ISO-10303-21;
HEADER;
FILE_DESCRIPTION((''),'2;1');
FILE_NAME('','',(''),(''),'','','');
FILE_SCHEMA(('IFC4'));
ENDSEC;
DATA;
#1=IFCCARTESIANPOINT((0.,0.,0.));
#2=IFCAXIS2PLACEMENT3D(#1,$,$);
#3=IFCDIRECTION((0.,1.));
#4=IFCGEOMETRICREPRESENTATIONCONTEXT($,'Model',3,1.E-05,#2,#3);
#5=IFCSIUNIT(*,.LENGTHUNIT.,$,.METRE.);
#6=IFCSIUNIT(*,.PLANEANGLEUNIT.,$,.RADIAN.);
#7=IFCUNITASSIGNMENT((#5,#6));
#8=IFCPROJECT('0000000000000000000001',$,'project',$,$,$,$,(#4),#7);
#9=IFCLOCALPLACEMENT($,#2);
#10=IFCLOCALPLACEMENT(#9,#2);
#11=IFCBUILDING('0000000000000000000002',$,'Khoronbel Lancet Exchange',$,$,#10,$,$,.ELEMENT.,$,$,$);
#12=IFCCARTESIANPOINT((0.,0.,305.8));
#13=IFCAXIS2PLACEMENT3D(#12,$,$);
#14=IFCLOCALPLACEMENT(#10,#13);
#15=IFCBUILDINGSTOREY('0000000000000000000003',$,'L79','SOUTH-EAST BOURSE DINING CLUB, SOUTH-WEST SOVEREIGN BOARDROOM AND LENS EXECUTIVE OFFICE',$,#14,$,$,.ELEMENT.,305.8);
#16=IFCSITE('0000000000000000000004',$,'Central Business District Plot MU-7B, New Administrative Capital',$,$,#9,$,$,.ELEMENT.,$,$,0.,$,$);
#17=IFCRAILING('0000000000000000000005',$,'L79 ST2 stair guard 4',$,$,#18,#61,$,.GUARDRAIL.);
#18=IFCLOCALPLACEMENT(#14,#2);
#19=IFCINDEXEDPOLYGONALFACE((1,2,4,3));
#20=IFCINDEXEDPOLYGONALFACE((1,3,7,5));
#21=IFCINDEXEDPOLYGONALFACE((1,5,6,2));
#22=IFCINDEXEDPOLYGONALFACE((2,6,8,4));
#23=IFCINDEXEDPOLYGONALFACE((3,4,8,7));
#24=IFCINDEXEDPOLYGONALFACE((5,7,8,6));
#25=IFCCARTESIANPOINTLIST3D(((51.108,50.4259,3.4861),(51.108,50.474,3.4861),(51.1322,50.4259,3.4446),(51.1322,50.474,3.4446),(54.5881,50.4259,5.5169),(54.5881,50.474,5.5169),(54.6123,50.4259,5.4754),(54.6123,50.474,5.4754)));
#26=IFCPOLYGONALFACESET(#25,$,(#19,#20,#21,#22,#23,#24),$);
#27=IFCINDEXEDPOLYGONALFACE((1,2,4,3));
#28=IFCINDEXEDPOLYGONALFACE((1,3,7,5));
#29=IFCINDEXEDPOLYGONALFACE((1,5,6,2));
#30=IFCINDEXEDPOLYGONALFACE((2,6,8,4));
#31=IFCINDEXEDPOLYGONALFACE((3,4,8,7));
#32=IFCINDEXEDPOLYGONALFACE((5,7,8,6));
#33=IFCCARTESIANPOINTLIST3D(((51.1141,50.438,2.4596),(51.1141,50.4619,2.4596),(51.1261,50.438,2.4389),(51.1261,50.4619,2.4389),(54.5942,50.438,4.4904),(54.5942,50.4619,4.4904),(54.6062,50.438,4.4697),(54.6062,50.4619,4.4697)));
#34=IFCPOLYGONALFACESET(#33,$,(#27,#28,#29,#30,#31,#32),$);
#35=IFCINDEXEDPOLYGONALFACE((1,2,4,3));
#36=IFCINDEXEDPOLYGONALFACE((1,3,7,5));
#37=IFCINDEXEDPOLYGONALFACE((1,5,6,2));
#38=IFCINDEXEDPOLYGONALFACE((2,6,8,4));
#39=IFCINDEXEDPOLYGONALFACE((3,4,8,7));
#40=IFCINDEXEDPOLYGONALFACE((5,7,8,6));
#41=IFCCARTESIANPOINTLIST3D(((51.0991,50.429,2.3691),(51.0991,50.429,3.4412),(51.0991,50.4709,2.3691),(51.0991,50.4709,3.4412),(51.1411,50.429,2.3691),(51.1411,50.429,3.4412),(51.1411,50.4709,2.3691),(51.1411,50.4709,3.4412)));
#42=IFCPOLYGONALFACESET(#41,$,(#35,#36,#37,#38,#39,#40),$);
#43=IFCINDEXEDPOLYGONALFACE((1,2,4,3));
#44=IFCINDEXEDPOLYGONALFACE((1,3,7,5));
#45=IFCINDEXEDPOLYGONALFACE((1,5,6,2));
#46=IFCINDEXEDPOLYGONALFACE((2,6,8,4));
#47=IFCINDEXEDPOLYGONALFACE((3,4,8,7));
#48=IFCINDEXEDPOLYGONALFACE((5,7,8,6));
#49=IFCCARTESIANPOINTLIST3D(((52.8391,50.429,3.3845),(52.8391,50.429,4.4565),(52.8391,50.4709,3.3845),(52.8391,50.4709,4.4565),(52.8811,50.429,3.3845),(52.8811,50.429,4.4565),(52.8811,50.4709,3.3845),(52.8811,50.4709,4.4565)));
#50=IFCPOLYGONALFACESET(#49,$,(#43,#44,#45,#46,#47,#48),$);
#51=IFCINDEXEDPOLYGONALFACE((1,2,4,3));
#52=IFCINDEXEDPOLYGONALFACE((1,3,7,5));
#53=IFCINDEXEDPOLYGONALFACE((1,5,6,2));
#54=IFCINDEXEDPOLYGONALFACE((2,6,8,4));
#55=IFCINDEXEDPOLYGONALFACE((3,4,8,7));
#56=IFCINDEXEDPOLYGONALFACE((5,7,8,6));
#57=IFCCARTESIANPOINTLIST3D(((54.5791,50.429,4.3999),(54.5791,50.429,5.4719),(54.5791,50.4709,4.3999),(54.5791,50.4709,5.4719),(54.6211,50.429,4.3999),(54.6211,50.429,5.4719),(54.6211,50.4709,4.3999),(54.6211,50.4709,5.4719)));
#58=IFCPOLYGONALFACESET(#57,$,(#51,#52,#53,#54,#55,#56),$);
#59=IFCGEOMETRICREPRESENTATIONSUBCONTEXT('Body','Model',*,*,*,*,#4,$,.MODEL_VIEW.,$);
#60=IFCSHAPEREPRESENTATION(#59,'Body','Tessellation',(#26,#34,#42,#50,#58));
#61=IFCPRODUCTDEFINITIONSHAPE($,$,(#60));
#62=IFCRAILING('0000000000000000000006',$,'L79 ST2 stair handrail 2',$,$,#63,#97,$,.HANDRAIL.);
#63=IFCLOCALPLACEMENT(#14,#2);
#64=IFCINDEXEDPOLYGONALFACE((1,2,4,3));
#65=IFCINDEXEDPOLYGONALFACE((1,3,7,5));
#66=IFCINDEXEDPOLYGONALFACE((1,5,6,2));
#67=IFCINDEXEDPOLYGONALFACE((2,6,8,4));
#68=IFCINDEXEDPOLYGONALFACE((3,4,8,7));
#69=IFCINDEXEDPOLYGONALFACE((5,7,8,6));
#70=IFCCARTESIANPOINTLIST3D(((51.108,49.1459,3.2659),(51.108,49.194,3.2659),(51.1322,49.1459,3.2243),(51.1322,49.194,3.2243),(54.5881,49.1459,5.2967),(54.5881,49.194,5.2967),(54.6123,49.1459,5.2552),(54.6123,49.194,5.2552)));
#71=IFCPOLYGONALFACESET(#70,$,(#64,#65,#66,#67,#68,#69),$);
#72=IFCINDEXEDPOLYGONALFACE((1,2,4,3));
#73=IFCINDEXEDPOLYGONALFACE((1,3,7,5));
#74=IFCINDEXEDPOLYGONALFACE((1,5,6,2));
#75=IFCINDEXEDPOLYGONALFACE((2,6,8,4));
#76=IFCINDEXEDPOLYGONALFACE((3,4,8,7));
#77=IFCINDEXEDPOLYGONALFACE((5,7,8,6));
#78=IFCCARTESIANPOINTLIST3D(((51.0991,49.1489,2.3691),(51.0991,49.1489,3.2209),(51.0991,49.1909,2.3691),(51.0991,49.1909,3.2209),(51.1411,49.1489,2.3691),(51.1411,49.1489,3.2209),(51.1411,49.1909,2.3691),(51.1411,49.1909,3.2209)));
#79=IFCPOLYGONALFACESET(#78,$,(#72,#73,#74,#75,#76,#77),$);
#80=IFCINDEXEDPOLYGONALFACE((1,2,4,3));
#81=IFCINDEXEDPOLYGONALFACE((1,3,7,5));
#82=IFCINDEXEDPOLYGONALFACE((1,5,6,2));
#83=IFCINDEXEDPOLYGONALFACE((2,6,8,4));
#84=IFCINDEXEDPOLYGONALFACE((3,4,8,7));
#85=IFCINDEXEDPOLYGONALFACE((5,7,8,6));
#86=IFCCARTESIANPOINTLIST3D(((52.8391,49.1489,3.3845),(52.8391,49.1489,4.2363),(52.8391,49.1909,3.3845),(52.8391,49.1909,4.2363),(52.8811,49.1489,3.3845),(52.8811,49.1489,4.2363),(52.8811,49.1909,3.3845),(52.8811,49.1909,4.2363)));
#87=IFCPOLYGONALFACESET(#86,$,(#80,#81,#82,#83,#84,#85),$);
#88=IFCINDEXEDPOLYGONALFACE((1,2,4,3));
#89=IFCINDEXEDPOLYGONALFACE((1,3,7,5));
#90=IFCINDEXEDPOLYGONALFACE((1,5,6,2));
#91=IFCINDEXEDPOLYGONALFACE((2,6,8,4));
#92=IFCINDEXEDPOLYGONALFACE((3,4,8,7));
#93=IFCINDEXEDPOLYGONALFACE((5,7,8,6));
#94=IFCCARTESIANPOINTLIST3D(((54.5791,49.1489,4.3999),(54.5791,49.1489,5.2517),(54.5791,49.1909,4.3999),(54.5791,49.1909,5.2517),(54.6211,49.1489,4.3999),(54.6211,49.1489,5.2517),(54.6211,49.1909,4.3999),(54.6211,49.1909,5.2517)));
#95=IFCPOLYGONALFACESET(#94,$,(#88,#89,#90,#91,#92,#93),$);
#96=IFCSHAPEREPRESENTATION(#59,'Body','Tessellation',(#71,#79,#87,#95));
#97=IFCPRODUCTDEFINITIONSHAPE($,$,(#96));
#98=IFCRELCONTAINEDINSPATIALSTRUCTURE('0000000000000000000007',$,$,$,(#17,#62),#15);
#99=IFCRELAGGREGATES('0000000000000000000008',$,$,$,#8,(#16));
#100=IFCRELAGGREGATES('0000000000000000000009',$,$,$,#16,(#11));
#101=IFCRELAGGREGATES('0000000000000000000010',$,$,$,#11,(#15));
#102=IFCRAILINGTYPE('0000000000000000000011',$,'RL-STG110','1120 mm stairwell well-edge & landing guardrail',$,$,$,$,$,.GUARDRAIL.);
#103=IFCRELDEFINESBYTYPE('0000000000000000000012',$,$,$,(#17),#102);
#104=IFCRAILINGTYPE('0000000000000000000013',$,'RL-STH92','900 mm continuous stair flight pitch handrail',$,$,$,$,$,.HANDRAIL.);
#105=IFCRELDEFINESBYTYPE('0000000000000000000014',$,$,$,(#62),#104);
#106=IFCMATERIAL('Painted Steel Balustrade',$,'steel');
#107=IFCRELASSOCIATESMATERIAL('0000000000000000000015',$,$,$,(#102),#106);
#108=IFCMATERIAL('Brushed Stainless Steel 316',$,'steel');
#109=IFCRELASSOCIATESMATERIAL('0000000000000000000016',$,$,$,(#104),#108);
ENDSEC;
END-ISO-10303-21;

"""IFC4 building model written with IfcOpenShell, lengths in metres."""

from ifc_helpers import new_model, si_unit, direction, frame, origin, origin_2d, place, context, subcontext, project, spatial, rectangle, extrude, material, type_object, element, save


model = new_model("IFC4")

# Units and contexts
model_context = context("Model", 3, precision=1e-05, world=origin(), true_north=direction((0.0, 1.0)))
body_context = subcontext(model_context, "Body", "Model", "MODEL_VIEW")
ifc_project = project(units=[si_unit("LENGTHUNIT", "METRE"), si_unit("PLANEANGLEUNIT", "RADIAN")], contexts=[model_context])

# Site, building, storey
site_placement = place(None, origin())
site = spatial("IfcSite", under=ifc_project, at=site_placement, Name="Central Business District Plot MU-7B, New Administrative Capital", CompositionType="ELEMENT", RefElevation=0.0)
building_placement = place(site_placement, origin())
building = spatial("IfcBuilding", under=site, at=building_placement, Name="Khoronbel Lancet Exchange", CompositionType="ELEMENT")
storey_placement = place(building_placement, frame((0.0, 0.0, 305.8)))
storey = spatial("IfcBuildingStorey", under=building, at=storey_placement, Name="L79", Description="SOUTH-EAST BOURSE DINING CLUB, SOUTH-WEST SOVEREIGN BOARDROOM AND LENS EXECUTIVE OFFICE", CompositionType="ELEMENT", Elevation=305.8)

# Railings
ifc_material_1 = material(Name="Painted Steel Balustrade", Category="steel")
railing_type_1 = type_object("IfcRailingType", Name="RL-STG110", Description="1120 mm stairwell well-edge & landing guardrail", PredefinedType="GUARDRAIL", material=ifc_material_1)
railing_1_placement = place(storey_placement, frame((51.1201, 50.45, 2.3691)))
element("IfcRailing", 1, at=railing_1_placement, inside=storey, type_object=railing_type_1, Name="L79 ST2 stair guard 4", PredefinedType="GUARDRAIL", context=body_context, shape_type="SweptSolid", body=[
    extrude(rectangle(XDim=0.0481, YDim=0.0481, at=origin_2d()), frame((0.0, 0.0, 1.0962), z_axis=(0.863695, 0.0, 0.504014), x_axis=(0.0, 1.0, 0.0)), (0.0, 0.0, 1.0), 4.0293),
    extrude(rectangle(XDim=0.0239, YDim=0.0239, at=origin_2d()), frame((0.0, 0.0, 0.0801), z_axis=(0.863695, 0.0, 0.504014), x_axis=(0.0, 1.0, 0.0)), (0.0, 0.0, 1.0), 4.0293),
    extrude(rectangle(XDim=0.042, YDim=0.042, at=origin_2d()), origin(), (0.0, 0.0, 1.0), 1.072),
    extrude(rectangle(XDim=0.042, YDim=0.042, at=origin_2d()), frame((1.74, 0.0, 1.0154)), (0.0, 0.0, 1.0), 1.072),
    extrude(rectangle(XDim=0.042, YDim=0.042, at=origin_2d()), frame((3.48, 0.0, 2.0308)), (0.0, 0.0, 1.0), 1.072),
])
ifc_material_2 = material(Name="Brushed Stainless Steel 316", Category="steel")
railing_type_2 = type_object("IfcRailingType", Name="RL-STH92", Description="900 mm continuous stair flight pitch handrail", PredefinedType="HANDRAIL", material=ifc_material_2)
railing_2_placement = place(storey_placement, frame((51.1201, 49.1699, 2.3691)))
element("IfcRailing", 2, at=railing_2_placement, inside=storey, type_object=railing_type_2, Name="L79 ST2 stair handrail 2", PredefinedType="HANDRAIL", context=body_context, shape_type="SweptSolid", body=[
    extrude(rectangle(XDim=0.0481, YDim=0.0481, at=origin_2d()), frame((0.0, 0.0, 0.876), z_axis=(0.863695, 0.0, 0.504014), x_axis=(0.0, 1.0, 0.0)), (0.0, 0.0, 1.0), 4.0293),
    extrude(rectangle(XDim=0.042, YDim=0.042, at=origin_2d()), origin(), (0.0, 0.0, 1.0), 0.8518),
    extrude(rectangle(XDim=0.042, YDim=0.042, at=origin_2d()), frame((1.74, 0.0, 1.0154)), (0.0, 0.0, 1.0), 0.8518),
    extrude(rectangle(XDim=0.042, YDim=0.042, at=origin_2d()), frame((3.48, 0.0, 2.0308)), (0.0, 0.0, 1.0), 0.8518),
])

save(model, "model.ifc")
